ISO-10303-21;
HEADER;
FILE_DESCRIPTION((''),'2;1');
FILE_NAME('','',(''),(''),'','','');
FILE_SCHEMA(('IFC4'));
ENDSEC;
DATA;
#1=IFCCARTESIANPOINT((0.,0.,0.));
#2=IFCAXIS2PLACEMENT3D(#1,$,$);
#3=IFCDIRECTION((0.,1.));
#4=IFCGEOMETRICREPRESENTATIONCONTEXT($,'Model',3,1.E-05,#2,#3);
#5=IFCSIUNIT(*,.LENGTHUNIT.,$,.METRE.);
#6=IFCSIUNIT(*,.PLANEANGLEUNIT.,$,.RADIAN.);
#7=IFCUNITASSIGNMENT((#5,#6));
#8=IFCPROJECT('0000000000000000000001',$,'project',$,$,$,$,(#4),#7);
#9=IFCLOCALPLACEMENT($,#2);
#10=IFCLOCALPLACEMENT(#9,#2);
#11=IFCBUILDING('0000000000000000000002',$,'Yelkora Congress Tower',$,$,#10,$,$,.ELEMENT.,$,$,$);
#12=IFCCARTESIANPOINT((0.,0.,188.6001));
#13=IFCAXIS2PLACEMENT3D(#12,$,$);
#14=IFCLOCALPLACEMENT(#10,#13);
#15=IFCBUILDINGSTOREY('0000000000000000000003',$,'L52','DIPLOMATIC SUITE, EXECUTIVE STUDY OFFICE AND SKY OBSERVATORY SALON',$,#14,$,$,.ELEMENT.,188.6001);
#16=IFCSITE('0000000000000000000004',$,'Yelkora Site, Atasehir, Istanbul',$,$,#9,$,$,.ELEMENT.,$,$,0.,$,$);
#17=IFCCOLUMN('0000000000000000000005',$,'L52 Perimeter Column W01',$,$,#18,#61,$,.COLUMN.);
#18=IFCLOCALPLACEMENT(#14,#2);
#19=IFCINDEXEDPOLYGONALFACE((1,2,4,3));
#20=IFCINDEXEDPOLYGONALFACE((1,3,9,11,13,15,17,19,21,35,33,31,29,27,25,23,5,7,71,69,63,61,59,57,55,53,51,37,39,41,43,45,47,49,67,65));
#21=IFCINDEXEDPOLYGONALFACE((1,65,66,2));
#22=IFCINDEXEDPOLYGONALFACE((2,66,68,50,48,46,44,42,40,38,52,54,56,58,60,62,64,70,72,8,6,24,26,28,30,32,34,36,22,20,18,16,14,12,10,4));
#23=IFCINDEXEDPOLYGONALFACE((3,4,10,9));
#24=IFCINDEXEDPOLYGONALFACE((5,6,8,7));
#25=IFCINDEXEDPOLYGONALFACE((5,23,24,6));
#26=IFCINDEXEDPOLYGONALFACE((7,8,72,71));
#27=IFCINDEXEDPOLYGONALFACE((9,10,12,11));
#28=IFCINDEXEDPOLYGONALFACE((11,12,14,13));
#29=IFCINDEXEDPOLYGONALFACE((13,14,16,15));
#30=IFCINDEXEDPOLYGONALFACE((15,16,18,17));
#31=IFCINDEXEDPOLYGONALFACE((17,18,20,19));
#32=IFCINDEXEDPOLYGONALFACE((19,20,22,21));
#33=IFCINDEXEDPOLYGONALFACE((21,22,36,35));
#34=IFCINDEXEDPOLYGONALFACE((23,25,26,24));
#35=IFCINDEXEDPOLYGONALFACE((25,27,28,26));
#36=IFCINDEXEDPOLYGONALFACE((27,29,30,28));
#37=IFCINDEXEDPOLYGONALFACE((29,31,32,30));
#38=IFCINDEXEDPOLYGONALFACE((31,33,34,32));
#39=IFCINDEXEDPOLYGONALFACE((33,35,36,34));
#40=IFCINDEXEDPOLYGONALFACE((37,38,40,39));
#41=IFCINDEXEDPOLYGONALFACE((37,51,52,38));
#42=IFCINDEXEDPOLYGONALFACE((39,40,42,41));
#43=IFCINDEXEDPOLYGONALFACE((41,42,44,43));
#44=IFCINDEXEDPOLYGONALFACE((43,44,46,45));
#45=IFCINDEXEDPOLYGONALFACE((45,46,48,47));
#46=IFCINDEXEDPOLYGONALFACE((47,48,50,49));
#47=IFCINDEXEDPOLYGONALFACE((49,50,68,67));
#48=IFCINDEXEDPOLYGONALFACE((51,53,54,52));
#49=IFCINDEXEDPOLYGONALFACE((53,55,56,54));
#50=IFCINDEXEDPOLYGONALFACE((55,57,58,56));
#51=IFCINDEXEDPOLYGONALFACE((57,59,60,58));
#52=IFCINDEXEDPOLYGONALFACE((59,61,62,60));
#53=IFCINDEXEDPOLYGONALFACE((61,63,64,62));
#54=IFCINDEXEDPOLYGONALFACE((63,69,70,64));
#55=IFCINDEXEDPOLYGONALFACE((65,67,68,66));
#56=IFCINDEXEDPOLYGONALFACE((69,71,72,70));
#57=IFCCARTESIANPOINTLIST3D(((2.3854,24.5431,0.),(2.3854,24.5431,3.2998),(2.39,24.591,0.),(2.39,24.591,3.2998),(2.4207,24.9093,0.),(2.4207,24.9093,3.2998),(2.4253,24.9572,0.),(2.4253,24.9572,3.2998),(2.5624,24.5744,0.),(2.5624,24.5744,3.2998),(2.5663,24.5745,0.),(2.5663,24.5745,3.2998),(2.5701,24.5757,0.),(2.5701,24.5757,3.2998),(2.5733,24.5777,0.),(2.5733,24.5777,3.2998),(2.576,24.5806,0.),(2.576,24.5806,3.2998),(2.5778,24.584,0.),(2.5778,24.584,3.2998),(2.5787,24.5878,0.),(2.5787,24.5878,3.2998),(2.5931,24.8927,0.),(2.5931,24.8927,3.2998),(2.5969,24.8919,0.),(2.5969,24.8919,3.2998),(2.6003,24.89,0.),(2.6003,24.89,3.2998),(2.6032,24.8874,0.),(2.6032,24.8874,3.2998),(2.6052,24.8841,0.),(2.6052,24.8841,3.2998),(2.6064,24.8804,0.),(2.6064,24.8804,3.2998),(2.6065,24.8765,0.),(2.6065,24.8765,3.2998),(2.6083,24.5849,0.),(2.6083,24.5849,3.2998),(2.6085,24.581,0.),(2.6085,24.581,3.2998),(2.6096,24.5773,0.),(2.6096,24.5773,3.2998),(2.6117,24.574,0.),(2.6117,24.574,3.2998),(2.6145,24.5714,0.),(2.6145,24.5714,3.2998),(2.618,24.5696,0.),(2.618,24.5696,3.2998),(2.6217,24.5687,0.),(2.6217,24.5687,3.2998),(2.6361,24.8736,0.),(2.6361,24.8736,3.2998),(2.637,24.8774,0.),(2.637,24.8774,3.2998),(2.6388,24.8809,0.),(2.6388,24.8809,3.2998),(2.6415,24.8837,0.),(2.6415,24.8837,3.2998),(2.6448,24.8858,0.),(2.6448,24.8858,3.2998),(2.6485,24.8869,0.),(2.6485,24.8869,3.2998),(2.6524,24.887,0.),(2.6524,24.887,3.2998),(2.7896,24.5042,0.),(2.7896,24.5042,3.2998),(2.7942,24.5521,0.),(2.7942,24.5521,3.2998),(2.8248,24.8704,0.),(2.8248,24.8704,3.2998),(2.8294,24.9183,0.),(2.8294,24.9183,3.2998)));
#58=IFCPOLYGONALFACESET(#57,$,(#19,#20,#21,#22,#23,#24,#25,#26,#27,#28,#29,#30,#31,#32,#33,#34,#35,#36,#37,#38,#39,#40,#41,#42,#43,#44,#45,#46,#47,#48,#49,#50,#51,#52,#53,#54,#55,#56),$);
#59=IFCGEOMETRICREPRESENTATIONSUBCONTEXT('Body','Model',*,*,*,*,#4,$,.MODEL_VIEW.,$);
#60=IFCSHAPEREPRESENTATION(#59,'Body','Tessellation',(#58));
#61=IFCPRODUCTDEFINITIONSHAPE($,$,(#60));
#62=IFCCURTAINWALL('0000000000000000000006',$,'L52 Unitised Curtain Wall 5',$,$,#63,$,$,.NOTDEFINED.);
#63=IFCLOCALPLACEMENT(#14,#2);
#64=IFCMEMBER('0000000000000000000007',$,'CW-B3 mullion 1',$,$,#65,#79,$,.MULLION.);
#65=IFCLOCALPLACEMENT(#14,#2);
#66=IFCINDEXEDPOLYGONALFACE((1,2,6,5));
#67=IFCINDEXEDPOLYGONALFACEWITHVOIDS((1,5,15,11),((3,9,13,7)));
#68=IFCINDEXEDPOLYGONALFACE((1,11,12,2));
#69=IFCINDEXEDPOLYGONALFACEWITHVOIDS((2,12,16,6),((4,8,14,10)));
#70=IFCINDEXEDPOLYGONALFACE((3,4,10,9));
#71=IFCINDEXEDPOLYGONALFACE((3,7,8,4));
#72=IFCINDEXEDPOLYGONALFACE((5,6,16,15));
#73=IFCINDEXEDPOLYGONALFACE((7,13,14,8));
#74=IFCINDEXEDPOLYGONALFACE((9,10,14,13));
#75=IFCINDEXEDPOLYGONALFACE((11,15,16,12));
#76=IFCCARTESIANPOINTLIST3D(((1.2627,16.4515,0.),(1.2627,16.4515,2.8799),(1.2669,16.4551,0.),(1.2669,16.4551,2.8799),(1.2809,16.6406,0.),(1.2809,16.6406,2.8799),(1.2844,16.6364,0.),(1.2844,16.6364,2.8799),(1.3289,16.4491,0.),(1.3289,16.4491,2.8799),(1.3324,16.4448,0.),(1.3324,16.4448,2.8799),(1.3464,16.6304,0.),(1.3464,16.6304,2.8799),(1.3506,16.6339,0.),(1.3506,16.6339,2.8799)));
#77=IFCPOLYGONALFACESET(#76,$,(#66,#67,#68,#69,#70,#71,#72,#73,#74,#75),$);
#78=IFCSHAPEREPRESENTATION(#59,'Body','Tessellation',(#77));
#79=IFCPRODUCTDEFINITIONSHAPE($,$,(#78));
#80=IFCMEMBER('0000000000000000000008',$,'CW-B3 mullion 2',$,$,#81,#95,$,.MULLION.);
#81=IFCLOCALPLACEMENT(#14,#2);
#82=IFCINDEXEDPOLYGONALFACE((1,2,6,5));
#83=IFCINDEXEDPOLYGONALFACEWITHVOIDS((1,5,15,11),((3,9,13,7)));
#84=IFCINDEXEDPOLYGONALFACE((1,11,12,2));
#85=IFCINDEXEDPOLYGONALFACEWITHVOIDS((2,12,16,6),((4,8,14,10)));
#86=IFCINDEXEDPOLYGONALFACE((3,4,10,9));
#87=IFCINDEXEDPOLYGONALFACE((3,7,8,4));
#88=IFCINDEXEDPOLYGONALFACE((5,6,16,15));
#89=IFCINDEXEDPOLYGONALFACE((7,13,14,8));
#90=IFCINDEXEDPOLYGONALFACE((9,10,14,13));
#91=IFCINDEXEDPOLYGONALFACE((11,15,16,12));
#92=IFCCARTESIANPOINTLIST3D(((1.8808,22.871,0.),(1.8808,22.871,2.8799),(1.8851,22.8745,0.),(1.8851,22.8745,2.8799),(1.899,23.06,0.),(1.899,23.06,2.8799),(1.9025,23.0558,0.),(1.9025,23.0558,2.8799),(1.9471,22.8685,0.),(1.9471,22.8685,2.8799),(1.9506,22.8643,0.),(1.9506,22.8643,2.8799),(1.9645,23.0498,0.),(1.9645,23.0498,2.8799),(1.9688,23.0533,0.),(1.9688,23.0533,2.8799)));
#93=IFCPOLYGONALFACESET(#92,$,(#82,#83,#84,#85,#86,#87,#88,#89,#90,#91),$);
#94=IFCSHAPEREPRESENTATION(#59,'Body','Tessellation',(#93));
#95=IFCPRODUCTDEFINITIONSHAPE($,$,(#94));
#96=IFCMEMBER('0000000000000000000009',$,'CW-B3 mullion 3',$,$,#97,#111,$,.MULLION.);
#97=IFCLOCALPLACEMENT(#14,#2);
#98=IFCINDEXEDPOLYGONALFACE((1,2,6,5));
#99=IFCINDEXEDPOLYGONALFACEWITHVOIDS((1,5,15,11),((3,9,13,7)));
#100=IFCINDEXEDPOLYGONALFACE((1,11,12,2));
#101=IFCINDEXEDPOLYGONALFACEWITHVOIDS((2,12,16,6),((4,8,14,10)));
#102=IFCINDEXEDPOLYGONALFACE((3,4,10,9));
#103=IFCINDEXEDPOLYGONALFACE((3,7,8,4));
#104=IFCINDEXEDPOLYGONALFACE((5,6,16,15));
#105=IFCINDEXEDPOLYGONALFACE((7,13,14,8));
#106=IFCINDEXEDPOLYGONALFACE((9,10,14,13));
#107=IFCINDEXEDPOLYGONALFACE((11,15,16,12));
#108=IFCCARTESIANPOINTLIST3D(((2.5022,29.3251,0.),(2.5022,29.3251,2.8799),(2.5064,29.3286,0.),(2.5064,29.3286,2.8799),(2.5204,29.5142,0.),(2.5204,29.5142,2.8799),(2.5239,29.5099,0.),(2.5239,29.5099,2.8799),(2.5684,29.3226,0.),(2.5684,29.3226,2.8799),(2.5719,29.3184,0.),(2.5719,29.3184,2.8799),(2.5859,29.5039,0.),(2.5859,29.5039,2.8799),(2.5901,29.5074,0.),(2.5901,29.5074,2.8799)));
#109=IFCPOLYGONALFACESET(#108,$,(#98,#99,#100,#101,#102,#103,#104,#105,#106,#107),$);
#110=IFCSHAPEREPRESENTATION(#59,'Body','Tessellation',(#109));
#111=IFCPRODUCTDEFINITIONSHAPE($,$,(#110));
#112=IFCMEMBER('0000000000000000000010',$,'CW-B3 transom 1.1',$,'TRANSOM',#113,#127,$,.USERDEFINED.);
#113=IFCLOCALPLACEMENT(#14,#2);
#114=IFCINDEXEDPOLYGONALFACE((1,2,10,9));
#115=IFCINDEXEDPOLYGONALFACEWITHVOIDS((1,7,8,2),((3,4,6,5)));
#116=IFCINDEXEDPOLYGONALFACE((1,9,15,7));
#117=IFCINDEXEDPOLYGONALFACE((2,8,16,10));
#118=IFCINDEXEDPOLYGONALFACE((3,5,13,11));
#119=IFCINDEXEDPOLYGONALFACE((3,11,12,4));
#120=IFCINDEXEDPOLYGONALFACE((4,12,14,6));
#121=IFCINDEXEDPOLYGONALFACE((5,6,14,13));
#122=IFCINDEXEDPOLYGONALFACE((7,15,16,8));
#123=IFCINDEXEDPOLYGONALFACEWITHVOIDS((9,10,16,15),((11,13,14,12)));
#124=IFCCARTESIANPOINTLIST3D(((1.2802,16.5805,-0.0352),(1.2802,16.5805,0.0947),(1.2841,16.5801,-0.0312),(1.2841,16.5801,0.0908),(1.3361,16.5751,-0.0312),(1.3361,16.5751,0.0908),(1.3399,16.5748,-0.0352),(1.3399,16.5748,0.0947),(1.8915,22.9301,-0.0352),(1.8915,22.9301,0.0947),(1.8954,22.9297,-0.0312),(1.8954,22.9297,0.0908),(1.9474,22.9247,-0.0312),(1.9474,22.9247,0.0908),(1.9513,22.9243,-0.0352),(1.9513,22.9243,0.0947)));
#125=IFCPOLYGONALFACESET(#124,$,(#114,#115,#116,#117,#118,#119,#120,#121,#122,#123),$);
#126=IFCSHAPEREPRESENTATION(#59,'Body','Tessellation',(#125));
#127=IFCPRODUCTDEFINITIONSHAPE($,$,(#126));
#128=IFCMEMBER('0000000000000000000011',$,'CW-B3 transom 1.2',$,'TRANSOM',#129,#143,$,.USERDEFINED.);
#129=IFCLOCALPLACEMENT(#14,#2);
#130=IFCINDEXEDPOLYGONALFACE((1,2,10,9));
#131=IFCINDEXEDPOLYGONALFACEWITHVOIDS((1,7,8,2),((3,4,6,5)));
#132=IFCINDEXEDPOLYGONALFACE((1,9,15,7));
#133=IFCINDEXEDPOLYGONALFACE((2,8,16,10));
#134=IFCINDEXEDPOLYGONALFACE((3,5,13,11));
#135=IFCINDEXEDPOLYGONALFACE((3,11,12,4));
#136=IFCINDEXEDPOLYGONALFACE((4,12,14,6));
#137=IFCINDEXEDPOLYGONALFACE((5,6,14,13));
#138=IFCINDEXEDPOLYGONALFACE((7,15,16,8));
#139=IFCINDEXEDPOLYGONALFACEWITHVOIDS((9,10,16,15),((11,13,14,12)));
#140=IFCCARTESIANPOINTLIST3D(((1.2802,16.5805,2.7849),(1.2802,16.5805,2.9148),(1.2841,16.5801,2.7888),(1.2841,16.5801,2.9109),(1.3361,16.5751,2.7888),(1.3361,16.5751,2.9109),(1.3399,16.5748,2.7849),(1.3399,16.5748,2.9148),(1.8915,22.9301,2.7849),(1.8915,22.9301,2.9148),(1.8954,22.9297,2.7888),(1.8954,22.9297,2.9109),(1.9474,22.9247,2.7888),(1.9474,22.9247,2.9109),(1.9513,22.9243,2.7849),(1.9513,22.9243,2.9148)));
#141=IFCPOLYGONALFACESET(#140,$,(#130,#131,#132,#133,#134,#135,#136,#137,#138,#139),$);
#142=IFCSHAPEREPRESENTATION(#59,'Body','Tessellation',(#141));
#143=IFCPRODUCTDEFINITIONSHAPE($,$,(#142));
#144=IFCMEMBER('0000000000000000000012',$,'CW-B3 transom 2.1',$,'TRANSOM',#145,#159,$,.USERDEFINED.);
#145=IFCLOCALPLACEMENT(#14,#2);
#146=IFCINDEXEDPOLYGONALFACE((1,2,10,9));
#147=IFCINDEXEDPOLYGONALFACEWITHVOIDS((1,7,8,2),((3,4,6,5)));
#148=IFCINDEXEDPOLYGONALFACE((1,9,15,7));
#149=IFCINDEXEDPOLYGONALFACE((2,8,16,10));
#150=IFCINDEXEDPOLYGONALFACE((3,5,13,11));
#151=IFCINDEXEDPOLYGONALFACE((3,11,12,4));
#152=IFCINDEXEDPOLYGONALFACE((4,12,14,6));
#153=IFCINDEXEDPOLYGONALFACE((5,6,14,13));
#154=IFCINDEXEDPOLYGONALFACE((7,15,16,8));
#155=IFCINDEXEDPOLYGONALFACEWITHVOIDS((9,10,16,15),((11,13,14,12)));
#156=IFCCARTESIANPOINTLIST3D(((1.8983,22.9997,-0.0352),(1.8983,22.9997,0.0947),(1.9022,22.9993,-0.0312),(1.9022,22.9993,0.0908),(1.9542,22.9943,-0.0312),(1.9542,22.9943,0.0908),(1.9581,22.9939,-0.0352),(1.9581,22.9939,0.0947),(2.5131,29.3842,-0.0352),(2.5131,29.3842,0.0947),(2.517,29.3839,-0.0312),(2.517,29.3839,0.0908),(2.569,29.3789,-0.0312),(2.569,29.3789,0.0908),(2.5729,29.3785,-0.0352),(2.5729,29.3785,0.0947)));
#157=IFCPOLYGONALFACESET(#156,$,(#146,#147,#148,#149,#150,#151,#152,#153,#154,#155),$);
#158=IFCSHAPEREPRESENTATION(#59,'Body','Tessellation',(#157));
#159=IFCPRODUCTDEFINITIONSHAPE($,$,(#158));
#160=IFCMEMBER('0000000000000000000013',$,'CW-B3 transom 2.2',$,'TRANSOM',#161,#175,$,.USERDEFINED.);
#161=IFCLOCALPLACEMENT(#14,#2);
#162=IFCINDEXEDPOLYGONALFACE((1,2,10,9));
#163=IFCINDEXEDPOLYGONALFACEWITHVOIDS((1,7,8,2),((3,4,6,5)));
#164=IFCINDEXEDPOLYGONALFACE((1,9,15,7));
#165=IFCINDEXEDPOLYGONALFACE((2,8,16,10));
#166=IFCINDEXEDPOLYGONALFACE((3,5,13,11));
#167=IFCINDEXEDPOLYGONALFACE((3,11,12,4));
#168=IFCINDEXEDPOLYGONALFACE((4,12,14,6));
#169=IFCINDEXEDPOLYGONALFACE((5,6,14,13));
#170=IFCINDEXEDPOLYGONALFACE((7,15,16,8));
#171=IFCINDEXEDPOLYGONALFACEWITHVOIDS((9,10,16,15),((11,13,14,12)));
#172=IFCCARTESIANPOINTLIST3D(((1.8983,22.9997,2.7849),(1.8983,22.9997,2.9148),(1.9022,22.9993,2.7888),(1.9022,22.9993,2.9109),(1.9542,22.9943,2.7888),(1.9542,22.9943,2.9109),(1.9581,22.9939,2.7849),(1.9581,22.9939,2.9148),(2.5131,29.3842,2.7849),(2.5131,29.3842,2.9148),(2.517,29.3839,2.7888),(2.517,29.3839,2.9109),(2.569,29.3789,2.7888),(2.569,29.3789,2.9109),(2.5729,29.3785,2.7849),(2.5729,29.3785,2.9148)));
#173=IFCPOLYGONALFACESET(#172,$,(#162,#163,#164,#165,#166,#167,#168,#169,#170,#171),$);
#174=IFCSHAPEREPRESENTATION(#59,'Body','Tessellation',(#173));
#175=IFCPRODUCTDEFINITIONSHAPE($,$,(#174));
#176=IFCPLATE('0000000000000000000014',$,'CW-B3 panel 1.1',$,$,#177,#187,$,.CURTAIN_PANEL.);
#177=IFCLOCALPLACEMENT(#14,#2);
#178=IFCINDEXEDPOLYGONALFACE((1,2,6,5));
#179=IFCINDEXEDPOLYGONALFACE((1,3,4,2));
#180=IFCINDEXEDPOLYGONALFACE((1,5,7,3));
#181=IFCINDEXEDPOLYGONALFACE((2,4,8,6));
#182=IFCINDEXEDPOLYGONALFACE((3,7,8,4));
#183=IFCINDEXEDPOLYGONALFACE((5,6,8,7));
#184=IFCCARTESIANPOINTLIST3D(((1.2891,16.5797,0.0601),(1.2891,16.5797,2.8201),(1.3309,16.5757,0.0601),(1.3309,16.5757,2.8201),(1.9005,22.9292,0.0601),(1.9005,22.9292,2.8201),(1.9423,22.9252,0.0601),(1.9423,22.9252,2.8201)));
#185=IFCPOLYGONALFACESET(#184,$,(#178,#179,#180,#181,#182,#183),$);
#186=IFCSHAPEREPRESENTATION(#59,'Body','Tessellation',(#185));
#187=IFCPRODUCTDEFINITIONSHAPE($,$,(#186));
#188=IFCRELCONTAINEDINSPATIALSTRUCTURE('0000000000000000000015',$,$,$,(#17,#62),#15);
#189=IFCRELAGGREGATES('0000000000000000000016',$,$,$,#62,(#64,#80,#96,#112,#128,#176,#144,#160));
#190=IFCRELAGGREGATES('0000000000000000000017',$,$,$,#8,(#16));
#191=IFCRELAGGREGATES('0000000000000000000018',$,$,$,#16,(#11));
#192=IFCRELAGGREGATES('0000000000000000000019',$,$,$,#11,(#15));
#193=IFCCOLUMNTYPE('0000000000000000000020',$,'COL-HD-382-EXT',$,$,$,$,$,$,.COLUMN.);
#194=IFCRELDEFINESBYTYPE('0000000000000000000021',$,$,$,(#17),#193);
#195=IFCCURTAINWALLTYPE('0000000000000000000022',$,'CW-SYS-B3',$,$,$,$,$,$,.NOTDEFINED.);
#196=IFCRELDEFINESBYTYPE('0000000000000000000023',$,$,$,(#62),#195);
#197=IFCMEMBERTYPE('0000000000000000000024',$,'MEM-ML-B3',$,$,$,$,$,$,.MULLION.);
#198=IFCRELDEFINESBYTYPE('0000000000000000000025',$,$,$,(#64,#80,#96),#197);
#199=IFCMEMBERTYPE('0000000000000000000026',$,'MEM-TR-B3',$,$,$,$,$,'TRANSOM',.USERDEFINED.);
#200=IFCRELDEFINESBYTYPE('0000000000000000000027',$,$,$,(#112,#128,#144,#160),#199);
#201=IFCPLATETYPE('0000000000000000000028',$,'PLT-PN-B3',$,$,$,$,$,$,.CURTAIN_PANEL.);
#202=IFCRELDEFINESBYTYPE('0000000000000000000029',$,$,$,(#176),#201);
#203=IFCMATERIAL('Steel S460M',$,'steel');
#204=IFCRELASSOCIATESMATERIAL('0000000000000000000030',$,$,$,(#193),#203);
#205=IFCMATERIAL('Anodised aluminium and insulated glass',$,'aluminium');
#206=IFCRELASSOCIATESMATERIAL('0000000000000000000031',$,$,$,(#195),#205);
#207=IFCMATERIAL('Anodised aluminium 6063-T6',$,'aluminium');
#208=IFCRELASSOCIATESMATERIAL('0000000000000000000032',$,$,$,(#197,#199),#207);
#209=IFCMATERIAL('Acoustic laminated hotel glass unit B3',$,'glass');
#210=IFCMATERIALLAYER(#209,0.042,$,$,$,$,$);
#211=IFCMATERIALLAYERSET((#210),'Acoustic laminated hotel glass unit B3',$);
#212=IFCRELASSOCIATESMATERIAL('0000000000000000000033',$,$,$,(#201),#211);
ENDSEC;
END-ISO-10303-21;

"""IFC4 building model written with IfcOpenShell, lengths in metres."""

from ifc_helpers import new_model, si_unit, direction, frame, origin, origin_2d, place, context, subcontext, project, spatial, rectangle, hollow_rectangle, i_section, extrude, material, layer, layer_set, material_profile, profile_set, type_object, element, aggregate, save


model = new_model("IFC4")

# Units and contexts
model_context = context("Model", 3, precision=1e-05, world=origin(), true_north=direction((0.0, 1.0)))
body_context = subcontext(model_context, "Body", "Model", "MODEL_VIEW")
ifc_project = project(units=[si_unit("LENGTHUNIT", "METRE"), si_unit("PLANEANGLEUNIT", "RADIAN")], contexts=[model_context])

# Site, building, storey
site_placement = place(None, origin())
site = spatial("IfcSite", under=ifc_project, at=site_placement, Name="Yelkora Site, Atasehir, Istanbul", CompositionType="ELEMENT", RefElevation=0.0)
building_placement = place(site_placement, origin())
building = spatial("IfcBuilding", under=site, at=building_placement, Name="Yelkora Congress Tower", CompositionType="ELEMENT")
storey_placement = place(building_placement, frame((0.0, 0.0, 188.6001)))
storey = spatial("IfcBuildingStorey", under=building, at=storey_placement, Name="L52", Description="DIPLOMATIC SUITE, EXECUTIVE STUDY OFFICE AND SKY OBSERVATORY SALON", CompositionType="ELEMENT", Elevation=188.6001)

# Column
ifc_material_1 = material(Name="Steel S460M", Category="steel")
ifc_material_profile_1 = material_profile(ifc_material_1, i_section(OverallWidth=0.406, OverallDepth=0.416, WebThickness=0.0298, FlangeThickness=0.0481, FilletRadius=0.0149, at=origin_2d()), Name="HD 400x382")
ifc_profile_set_1 = profile_set([ifc_material_profile_1], Name="Steel S460M")
column_type = type_object("IfcColumnType", Name="COL-HD-382-EXT", PredefinedType="COLUMN", material=ifc_profile_set_1)
column_placement = place(storey_placement, frame((2.6074, 24.7307, 0.0), z_axis=(0.0, 0.0, 1.0), x_axis=(0.995396, -0.095846, 0.0)))
element("IfcColumn", 1, at=column_placement, inside=storey, type_object=column_type, Name="L52 Perimeter Column W01", PredefinedType="COLUMN", context=body_context, shape_type="SweptSolid", body=[
    extrude(i_section(OverallWidth=0.406, OverallDepth=0.416, WebThickness=0.0298, FlangeThickness=0.0481, FilletRadius=0.0149, at=origin_2d()), origin(), (0.0, 0.0, 1.0), 3.2998),
])

# Curtain wall, members, plate
ifc_material_2 = material(Name="Anodised aluminium and insulated glass", Category="aluminium")
curtain_wall_type = type_object("IfcCurtainWallType", Name="CW-SYS-B3", PredefinedType="NOTDEFINED", material=ifc_material_2)
curtain_wall_placement = place(storey_placement, origin())
curtain_wall = element("IfcCurtainWall", 2, at=curtain_wall_placement, inside=storey, type_object=curtain_wall_type, Name="L52 Unitised Curtain Wall 5", PredefinedType="NOTDEFINED")
ifc_material_3 = material(Name="Anodised aluminium 6063-T6", Category="aluminium")
ifc_material_profile_2 = material_profile(ifc_material_3, hollow_rectangle(XDim=0.0701, YDim=0.1899, WallThickness=0.0039, at=origin_2d()), Name="ALU 70x190x4")
ifc_profile_set_2 = profile_set([ifc_material_profile_2], Name="Anodised aluminium 6063-T6")
member_type_1 = type_object("IfcMemberType", Name="MEM-ML-B3", PredefinedType="MULLION", material=ifc_profile_set_2)
member_1_placement = place(storey_placement, frame((1.3066, 16.5427, 0.0), z_axis=(0.0, 0.0, 1.0), x_axis=(-0.995396, 0.095845, 0.0)))
member_1 = element("IfcMember", 3, at=member_1_placement, type_object=member_type_1, Name="CW-B3 mullion 1", PredefinedType="MULLION", context=body_context, shape_type="SweptSolid", body=[
    extrude(hollow_rectangle(XDim=0.0701, YDim=0.1899, WallThickness=0.0039, at=origin_2d()), origin(), (0.0, 0.0, 1.0), 2.8799),
])
member_2_placement = place(storey_placement, frame((1.9248, 22.9622, 0.0), z_axis=(0.0, 0.0, 1.0), x_axis=(-0.995396, 0.095845, 0.0)))
member_2 = element("IfcMember", 4, at=member_2_placement, type_object=member_type_1, Name="CW-B3 mullion 2", PredefinedType="MULLION", context=body_context, shape_type="SweptSolid", body=[
    extrude(hollow_rectangle(XDim=0.0701, YDim=0.1899, WallThickness=0.0039, at=origin_2d()), origin(), (0.0, 0.0, 1.0), 2.8799),
])
member_3_placement = place(storey_placement, frame((2.5461, 29.4163, 0.0), z_axis=(0.0, 0.0, 1.0), x_axis=(-0.995396, 0.095845, 0.0)))
member_3 = element("IfcMember", 5, at=member_3_placement, type_object=member_type_1, Name="CW-B3 mullion 3", PredefinedType="MULLION", context=body_context, shape_type="SweptSolid", body=[
    extrude(hollow_rectangle(XDim=0.0701, YDim=0.1899, WallThickness=0.0039, at=origin_2d()), origin(), (0.0, 0.0, 1.0), 2.8799),
])
ifc_material_profile_3 = material_profile(ifc_material_3, hollow_rectangle(XDim=0.0601, YDim=0.1299, WallThickness=0.0039, at=origin_2d()), Name="ALU 60x130x4")
ifc_profile_set_3 = profile_set([ifc_material_profile_3], Name="Anodised aluminium 6063-T6")
member_type_2 = type_object("IfcMemberType", Name="MEM-TR-B3", ElementType="TRANSOM", PredefinedType="USERDEFINED", material=ifc_profile_set_3)
member_4_placement = place(storey_placement, frame((1.3101, 16.5776, 0.0298), z_axis=(0.095835, 0.995397, 0.0), x_axis=(-0.995397, 0.095835, 0.0)))
member_4 = element("IfcMember", 6, at=member_4_placement, type_object=member_type_2, Name="CW-B3 transom 1.1", ObjectType="TRANSOM", PredefinedType="USERDEFINED", context=body_context, shape_type="SweptSolid", body=[
    extrude(hollow_rectangle(XDim=0.0601, YDim=0.1299, WallThickness=0.0039, at=origin_2d()), origin(), (0.0, 0.0, 1.0), 6.3789),
])
member_5_placement = place(storey_placement, frame((1.3101, 16.5776, 2.8499), z_axis=(0.095835, 0.995397, 0.0), x_axis=(-0.995397, 0.095835, 0.0)))
member_5 = element("IfcMember", 7, at=member_5_placement, type_object=member_type_2, Name="CW-B3 transom 1.2", ObjectType="TRANSOM", PredefinedType="USERDEFINED", context=body_context, shape_type="SweptSolid", body=[
    extrude(hollow_rectangle(XDim=0.0601, YDim=0.1299, WallThickness=0.0039, at=origin_2d()), origin(), (0.0, 0.0, 1.0), 6.3789),
])
member_6_placement = place(storey_placement, frame((1.9282, 22.9968, 0.0298), z_axis=(0.095844, 0.995396, 0.0), x_axis=(-0.995396, 0.095844, 0.0)))
member_6 = element("IfcMember", 8, at=member_6_placement, type_object=member_type_2, Name="CW-B3 transom 2.1", ObjectType="TRANSOM", PredefinedType="USERDEFINED", context=body_context, shape_type="SweptSolid", body=[
    extrude(hollow_rectangle(XDim=0.0601, YDim=0.1299, WallThickness=0.0039, at=origin_2d()), origin(), (0.0, 0.0, 1.0), 6.4141),
])
member_7_placement = place(storey_placement, frame((1.9282, 22.9968, 2.8499), z_axis=(0.095844, 0.995396, 0.0), x_axis=(-0.995396, 0.095844, 0.0)))
member_7 = element("IfcMember", 9, at=member_7_placement, type_object=member_type_2, Name="CW-B3 transom 2.2", ObjectType="TRANSOM", PredefinedType="USERDEFINED", context=body_context, shape_type="SweptSolid", body=[
    extrude(hollow_rectangle(XDim=0.0601, YDim=0.1299, WallThickness=0.0039, at=origin_2d()), origin(), (0.0, 0.0, 1.0), 6.4141),
])
ifc_material_4 = material(Name="Acoustic laminated hotel glass unit B3", Category="glass")
ifc_layer_1 = layer(ifc_material_4, 0.042)
ifc_layer_set_1 = layer_set([ifc_layer_1], Name="Acoustic laminated hotel glass unit B3")
plate_type = type_object("IfcPlateType", Name="PLT-PN-B3", PredefinedType="CURTAIN_PANEL", material=ifc_layer_set_1)
plate_1_placement = place(storey_placement, frame((1.6157, 19.7524, 0.0601), z_axis=(0.0, 0.0, 1.0), x_axis=(0.095845, 0.995396, 0.0)))
plate_1 = element("IfcPlate", 10, at=plate_1_placement, type_object=plate_type, Name="CW-B3 panel 1.1", PredefinedType="CURTAIN_PANEL", context=body_context, shape_type="SweptSolid", body=[
    extrude(rectangle(XDim=6.3789, YDim=0.042, at=origin_2d()), origin(), (0.0, 0.0, 1.0), 2.76),
])
aggregate(curtain_wall, [member_1, member_2, member_3, member_4, member_5, plate_1, member_6, member_7])

save(model, "model.ifc")
